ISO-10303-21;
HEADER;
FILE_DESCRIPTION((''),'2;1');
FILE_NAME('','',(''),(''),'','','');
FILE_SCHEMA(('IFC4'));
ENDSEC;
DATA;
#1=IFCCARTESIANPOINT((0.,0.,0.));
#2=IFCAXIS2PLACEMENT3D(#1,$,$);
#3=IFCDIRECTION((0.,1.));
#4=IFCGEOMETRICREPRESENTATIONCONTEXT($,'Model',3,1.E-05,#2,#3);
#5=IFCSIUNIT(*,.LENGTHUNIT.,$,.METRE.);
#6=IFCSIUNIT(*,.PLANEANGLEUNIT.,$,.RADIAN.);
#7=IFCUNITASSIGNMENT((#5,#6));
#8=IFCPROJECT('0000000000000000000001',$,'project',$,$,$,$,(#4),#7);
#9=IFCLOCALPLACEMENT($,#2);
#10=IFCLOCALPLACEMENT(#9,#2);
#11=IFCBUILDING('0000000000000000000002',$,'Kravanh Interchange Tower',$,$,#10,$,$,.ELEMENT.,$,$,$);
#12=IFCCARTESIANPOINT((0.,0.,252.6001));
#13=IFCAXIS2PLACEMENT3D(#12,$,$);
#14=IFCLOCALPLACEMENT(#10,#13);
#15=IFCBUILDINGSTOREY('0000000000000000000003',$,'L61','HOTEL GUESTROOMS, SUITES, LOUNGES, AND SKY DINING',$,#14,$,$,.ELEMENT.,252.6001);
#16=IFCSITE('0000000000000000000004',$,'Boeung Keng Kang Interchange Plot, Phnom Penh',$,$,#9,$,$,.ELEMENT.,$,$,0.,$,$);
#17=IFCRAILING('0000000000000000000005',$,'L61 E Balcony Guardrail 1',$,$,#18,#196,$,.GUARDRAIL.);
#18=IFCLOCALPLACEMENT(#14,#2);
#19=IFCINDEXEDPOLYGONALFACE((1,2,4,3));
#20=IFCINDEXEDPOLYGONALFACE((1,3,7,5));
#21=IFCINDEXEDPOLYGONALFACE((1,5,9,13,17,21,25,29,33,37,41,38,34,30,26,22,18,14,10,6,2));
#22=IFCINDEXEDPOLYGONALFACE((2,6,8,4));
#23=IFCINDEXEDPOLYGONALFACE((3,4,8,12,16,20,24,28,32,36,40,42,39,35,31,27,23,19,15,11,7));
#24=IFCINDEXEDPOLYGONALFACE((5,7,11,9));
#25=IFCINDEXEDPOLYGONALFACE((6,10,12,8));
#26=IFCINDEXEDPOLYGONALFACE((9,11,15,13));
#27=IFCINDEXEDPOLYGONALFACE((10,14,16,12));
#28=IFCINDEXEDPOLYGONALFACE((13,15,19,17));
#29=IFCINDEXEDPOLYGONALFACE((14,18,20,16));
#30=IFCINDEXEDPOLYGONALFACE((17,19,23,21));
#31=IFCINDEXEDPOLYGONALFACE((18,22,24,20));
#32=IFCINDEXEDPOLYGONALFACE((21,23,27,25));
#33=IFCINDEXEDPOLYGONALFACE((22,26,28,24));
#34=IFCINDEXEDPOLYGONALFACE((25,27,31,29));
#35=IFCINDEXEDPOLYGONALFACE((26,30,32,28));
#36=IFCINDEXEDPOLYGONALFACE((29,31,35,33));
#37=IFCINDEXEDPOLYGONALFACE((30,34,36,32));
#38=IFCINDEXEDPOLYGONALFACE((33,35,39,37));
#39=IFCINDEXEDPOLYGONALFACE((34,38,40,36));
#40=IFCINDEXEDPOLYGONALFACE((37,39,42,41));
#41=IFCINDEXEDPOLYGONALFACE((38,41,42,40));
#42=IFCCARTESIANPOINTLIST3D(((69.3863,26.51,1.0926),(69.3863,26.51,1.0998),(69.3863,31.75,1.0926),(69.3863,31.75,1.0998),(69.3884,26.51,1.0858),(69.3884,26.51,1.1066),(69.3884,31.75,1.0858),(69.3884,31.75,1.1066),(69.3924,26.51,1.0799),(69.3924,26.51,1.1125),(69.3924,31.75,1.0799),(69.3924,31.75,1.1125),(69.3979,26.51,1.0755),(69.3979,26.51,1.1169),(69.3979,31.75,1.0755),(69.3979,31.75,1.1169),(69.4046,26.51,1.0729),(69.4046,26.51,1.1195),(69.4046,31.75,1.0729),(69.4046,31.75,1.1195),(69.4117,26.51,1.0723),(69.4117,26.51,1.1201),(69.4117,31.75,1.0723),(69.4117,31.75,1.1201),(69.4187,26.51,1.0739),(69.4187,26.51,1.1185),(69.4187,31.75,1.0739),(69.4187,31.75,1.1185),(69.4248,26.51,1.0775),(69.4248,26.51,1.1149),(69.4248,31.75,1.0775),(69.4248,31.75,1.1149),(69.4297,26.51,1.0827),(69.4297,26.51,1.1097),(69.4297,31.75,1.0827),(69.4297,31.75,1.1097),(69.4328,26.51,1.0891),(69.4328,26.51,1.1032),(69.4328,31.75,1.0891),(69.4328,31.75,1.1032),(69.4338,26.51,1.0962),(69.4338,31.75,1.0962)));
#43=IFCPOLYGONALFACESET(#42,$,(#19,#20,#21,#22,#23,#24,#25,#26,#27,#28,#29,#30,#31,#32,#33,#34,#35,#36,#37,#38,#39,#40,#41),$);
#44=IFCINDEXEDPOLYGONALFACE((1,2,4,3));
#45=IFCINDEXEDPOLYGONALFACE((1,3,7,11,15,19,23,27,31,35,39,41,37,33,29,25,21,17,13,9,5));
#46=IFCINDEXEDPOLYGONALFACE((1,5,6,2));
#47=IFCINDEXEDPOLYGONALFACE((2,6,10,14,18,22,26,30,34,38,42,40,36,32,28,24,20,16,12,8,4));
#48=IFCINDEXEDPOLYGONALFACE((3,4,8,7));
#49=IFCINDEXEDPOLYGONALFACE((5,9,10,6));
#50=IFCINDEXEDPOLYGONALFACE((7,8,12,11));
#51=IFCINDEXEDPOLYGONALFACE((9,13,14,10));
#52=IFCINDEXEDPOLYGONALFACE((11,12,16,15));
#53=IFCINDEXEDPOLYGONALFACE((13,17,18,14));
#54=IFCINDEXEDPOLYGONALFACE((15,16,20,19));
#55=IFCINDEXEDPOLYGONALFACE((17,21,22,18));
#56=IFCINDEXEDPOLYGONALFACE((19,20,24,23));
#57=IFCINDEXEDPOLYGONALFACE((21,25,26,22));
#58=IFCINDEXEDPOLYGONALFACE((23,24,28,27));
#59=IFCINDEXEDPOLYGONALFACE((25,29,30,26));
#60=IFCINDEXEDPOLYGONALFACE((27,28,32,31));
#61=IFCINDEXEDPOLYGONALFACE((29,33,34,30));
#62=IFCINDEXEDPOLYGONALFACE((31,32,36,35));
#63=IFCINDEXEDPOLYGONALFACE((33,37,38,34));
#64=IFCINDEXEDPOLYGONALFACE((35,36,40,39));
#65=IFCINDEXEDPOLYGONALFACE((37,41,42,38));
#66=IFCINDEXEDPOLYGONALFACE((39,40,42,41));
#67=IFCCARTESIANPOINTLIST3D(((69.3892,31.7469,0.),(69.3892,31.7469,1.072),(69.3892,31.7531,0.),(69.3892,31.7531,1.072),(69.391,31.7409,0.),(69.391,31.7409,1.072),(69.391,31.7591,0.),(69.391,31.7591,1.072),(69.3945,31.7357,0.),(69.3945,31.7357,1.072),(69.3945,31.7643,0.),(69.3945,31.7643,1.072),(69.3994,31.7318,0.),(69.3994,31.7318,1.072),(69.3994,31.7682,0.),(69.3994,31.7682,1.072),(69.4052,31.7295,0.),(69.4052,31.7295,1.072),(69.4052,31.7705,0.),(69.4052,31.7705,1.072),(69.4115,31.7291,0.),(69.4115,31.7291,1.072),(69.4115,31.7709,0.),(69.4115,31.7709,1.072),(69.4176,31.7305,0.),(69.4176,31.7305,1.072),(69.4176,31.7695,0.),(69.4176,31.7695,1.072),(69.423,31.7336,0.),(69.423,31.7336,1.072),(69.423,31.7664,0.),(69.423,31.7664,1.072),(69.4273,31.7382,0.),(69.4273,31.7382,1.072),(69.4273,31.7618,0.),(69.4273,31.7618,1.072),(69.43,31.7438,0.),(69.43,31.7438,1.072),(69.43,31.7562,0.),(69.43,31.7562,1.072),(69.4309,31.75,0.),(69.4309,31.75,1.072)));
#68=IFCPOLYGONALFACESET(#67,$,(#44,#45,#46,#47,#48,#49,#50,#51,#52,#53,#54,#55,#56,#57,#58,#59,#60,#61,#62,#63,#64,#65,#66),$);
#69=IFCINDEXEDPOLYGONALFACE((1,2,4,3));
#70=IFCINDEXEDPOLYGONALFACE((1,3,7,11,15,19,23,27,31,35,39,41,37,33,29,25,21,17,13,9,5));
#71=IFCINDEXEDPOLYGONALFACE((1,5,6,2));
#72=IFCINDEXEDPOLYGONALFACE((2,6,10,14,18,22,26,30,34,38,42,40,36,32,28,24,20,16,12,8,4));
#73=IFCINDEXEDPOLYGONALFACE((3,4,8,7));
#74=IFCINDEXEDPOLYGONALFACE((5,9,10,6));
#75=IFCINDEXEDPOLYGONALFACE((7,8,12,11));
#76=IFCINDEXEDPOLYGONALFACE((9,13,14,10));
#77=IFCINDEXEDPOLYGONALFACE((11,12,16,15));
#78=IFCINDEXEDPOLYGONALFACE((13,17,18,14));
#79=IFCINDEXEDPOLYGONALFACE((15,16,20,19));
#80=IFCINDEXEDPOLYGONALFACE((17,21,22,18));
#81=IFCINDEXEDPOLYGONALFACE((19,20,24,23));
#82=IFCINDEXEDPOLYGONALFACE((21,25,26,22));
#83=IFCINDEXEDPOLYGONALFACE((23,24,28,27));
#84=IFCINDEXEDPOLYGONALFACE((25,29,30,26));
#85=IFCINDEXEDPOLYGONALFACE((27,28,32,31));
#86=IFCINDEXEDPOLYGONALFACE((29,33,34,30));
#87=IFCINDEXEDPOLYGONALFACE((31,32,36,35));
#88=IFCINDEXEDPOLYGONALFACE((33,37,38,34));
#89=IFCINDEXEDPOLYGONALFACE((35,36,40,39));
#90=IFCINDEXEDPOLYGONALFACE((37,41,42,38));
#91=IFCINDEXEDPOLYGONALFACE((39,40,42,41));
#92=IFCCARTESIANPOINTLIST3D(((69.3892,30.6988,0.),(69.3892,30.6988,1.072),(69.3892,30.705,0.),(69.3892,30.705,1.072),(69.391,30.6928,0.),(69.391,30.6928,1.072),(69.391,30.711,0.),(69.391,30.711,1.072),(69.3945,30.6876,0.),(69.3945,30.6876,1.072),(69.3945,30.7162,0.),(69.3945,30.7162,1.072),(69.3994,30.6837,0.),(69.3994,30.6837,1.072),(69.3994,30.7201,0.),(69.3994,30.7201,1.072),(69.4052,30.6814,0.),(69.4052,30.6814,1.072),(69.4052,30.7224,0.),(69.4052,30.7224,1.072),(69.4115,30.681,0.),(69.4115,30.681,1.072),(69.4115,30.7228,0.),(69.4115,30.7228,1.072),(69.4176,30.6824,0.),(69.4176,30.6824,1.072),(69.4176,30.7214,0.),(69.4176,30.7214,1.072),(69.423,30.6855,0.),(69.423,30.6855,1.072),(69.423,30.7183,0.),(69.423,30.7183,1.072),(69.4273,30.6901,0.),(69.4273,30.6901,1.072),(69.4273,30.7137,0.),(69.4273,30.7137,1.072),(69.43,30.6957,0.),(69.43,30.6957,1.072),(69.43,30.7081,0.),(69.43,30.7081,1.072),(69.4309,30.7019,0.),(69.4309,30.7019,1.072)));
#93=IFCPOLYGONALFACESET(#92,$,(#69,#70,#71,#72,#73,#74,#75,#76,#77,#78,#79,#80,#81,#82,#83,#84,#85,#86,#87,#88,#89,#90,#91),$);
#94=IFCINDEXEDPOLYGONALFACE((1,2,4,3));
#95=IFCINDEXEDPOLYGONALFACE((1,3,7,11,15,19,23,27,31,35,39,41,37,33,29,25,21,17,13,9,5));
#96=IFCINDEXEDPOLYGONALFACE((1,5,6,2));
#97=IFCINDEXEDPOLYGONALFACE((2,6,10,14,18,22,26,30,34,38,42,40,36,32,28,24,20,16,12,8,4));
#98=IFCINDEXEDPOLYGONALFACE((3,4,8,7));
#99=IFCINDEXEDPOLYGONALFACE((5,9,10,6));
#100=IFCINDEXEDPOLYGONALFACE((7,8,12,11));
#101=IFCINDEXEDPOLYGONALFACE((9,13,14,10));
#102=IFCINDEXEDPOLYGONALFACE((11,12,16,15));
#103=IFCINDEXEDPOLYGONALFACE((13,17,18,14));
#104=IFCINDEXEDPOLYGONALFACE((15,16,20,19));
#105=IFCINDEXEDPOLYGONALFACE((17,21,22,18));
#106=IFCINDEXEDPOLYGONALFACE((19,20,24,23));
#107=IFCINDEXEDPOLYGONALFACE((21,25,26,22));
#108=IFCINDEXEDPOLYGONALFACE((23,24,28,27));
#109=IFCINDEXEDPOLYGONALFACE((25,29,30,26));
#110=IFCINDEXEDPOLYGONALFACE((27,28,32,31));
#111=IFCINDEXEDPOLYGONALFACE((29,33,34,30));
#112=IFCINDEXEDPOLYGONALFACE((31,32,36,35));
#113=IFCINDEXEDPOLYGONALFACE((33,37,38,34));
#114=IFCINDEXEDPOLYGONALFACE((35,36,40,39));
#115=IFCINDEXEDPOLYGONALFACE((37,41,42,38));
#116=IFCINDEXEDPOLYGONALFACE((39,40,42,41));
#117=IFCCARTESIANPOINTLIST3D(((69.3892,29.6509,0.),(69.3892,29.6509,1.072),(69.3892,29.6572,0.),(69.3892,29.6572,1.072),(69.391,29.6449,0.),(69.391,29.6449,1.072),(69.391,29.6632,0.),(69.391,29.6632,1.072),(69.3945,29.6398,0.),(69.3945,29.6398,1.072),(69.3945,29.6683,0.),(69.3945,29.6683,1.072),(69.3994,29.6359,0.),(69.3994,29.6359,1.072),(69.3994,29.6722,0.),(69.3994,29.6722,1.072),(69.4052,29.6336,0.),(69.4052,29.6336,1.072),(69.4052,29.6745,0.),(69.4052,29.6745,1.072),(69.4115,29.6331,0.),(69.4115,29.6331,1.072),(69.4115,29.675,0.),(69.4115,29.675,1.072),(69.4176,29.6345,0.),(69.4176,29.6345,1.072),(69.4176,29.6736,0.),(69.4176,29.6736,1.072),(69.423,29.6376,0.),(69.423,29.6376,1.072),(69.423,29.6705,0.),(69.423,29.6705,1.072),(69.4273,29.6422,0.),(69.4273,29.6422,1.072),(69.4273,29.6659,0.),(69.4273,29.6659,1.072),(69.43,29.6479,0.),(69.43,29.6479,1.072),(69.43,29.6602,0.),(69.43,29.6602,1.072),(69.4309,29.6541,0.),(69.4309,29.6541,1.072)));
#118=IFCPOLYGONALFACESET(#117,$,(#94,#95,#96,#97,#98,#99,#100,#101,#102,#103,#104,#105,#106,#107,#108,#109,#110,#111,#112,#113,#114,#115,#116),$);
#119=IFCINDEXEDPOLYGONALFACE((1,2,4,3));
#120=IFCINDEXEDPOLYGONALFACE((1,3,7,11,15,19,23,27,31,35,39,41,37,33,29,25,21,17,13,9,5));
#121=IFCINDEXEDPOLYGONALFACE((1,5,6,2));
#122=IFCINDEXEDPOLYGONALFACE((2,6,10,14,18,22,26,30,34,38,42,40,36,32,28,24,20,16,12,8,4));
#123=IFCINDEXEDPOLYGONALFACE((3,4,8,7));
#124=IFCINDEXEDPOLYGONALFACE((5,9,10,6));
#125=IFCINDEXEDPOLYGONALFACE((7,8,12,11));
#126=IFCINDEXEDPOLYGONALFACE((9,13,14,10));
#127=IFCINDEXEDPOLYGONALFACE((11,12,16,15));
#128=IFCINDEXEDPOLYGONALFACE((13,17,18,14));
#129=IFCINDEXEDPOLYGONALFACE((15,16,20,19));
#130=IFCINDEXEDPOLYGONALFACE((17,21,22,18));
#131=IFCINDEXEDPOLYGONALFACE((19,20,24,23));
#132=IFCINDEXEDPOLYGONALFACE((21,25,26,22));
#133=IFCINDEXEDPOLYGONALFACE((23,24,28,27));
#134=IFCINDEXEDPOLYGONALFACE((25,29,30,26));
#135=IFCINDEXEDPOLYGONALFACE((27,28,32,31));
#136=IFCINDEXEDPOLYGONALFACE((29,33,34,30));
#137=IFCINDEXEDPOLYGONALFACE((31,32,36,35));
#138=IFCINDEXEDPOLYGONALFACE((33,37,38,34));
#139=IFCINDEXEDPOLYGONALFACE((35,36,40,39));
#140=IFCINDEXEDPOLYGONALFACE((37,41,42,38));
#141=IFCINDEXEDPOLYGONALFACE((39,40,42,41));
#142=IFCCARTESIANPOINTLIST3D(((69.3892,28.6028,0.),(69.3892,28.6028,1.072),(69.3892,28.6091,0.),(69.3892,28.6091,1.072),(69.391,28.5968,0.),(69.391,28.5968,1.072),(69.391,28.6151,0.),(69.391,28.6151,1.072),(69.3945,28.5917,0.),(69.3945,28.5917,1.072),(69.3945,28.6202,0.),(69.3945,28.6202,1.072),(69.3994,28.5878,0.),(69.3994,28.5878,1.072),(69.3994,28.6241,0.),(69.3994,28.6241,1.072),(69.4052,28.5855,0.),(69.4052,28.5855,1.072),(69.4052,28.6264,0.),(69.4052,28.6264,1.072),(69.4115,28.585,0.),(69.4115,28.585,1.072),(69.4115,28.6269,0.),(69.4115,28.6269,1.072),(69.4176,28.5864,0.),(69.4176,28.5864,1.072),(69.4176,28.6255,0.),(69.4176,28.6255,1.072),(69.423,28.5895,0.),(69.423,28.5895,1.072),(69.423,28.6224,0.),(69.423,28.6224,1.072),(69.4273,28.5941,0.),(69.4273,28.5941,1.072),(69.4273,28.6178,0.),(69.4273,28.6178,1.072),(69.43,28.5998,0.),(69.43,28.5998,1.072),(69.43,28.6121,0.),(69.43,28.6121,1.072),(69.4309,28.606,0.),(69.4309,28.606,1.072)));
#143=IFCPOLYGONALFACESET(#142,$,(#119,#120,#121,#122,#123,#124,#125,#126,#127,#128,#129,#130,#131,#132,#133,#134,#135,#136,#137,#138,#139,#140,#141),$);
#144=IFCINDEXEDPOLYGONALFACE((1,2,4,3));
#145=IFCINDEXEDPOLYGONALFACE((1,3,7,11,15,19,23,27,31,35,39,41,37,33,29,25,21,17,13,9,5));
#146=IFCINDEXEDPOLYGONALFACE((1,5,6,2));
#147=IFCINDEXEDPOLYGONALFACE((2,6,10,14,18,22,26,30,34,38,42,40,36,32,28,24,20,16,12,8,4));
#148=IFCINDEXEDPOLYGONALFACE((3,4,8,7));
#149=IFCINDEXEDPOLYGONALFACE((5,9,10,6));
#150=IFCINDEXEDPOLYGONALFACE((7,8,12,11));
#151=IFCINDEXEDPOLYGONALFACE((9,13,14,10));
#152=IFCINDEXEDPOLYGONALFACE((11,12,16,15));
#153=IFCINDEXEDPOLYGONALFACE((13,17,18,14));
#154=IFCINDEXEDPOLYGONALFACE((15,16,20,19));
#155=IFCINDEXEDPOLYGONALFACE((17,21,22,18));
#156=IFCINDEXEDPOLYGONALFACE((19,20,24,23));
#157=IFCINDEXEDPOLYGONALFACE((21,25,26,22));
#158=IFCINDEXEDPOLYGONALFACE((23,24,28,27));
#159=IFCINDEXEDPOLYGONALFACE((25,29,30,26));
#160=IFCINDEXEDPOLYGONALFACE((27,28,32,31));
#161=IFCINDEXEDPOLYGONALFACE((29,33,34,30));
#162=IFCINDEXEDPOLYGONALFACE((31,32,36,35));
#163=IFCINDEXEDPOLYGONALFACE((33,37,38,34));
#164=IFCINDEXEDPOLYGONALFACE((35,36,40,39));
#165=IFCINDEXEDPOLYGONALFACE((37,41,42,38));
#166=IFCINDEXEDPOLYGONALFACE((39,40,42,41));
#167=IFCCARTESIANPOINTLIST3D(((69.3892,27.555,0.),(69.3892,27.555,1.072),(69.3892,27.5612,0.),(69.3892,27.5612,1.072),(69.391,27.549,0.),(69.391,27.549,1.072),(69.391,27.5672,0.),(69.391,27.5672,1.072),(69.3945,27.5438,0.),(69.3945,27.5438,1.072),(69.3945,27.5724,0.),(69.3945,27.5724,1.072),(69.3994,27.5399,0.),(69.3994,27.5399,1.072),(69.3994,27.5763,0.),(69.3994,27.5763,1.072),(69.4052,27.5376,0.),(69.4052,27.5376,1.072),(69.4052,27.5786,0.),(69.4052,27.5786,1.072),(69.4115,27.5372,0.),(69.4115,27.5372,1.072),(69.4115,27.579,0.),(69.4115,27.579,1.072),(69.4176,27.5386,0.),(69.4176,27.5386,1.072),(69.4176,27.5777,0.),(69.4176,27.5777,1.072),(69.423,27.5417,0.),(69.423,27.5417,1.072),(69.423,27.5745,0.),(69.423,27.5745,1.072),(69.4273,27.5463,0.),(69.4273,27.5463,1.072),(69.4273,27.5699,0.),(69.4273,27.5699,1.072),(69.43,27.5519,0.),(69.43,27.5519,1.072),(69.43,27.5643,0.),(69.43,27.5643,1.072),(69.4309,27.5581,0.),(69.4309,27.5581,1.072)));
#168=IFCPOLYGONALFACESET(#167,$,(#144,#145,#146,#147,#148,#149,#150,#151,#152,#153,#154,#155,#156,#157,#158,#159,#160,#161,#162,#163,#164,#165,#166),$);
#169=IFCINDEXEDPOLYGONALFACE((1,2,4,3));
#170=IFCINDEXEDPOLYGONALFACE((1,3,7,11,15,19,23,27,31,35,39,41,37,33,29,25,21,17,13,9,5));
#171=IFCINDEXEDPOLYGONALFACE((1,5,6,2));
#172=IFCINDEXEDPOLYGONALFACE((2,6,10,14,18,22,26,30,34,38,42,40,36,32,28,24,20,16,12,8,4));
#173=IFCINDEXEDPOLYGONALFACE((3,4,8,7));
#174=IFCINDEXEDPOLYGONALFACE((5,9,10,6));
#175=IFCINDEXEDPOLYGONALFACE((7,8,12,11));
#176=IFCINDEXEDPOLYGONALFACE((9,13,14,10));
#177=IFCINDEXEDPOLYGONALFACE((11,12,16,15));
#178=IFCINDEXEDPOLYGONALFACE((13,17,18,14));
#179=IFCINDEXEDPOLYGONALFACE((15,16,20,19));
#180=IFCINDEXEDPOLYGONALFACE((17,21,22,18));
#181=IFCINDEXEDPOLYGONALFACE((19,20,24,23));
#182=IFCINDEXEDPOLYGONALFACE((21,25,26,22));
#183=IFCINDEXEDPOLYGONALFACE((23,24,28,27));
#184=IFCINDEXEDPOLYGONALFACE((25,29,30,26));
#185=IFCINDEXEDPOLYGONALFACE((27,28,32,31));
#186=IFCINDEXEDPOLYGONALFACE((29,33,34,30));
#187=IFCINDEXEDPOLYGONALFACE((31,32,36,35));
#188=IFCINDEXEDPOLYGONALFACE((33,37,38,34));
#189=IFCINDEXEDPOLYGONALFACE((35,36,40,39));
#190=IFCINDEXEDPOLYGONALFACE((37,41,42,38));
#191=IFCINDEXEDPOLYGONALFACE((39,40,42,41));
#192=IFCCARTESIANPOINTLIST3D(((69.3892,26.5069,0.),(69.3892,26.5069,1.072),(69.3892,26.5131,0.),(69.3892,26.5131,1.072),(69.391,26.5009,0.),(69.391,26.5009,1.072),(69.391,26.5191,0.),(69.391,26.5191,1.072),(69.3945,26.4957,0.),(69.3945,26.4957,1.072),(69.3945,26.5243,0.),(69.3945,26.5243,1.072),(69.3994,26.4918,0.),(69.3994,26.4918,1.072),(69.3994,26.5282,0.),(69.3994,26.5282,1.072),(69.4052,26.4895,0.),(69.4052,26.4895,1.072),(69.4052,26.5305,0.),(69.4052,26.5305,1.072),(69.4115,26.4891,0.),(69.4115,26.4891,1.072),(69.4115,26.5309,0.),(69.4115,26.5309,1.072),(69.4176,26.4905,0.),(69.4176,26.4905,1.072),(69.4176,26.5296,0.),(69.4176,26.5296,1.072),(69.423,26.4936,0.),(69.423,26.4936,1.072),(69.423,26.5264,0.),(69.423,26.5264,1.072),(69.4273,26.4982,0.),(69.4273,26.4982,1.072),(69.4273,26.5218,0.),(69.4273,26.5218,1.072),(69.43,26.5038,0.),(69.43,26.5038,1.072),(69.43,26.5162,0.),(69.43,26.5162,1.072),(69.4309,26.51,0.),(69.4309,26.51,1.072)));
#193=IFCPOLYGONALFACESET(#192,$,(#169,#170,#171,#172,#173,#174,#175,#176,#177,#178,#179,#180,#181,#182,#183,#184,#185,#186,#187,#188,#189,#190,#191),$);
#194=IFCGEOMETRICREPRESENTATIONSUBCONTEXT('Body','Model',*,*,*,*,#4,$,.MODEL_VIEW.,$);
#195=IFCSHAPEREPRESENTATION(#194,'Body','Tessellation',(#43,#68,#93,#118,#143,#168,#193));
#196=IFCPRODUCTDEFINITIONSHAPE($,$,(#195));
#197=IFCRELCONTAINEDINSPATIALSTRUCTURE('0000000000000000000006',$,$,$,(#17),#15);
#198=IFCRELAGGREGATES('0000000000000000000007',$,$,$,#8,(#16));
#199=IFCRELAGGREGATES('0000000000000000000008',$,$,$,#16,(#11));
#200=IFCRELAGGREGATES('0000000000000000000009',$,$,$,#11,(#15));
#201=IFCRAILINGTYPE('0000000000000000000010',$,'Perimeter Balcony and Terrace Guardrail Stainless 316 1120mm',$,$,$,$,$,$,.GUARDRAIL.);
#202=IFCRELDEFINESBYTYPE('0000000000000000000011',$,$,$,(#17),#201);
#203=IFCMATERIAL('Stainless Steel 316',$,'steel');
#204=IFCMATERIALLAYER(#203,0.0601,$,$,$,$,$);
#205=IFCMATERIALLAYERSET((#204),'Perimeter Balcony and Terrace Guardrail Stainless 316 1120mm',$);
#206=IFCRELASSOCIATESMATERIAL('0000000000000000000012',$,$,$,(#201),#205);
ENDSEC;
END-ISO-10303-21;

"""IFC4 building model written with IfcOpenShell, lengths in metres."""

from ifc_helpers import new_model, si_unit, direction, frame, origin, origin_2d, place, context, subcontext, project, spatial, circle, extrude, material, layer, layer_set, type_object, element, save


model = new_model("IFC4")

# Units and contexts
model_context = context("Model", 3, precision=1e-05, world=origin(), true_north=direction((0.0, 1.0)))
body_context = subcontext(model_context, "Body", "Model", "MODEL_VIEW")
ifc_project = project(units=[si_unit("LENGTHUNIT", "METRE"), si_unit("PLANEANGLEUNIT", "RADIAN")], contexts=[model_context])

# Site, building, storey
site_placement = place(None, origin())
site = spatial("IfcSite", under=ifc_project, at=site_placement, Name="Boeung Keng Kang Interchange Plot, Phnom Penh", CompositionType="ELEMENT", RefElevation=0.0)
building_placement = place(site_placement, origin())
building = spatial("IfcBuilding", under=site, at=building_placement, Name="Kravanh Interchange Tower", CompositionType="ELEMENT")
storey_placement = place(building_placement, frame((0.0, 0.0, 252.6001)))
storey = spatial("IfcBuildingStorey", under=building, at=storey_placement, Name="L61", Description="HOTEL GUESTROOMS, SUITES, LOUNGES, AND SKY DINING", CompositionType="ELEMENT", Elevation=252.6001)

# Railing
ifc_material_1 = material(Name="Stainless Steel 316", Category="steel")
ifc_layer_1 = layer(ifc_material_1, 0.0601)
ifc_layer_set_1 = layer_set([ifc_layer_1], Name="Perimeter Balcony and Terrace Guardrail Stainless 316 1120mm")
railing_type = type_object("IfcRailingType", Name="Perimeter Balcony and Terrace Guardrail Stainless 316 1120mm", PredefinedType="GUARDRAIL", material=ifc_layer_set_1)
railing_1_placement = place(storey_placement, frame((69.4099, 31.75, 0.0)))
element("IfcRailing", 1, at=railing_1_placement, inside=storey, type_object=railing_type, Name="L61 E Balcony Guardrail 1", PredefinedType="GUARDRAIL", context=body_context, shape_type="SweptSolid", body=[
    extrude(circle(Radius=0.0239, at=origin_2d()), frame((0.0, 0.0, 1.0962), z_axis=(0.0, -1.0, 0.0), x_axis=(1.0, 0.0, 0.0)), (0.0, 0.0, 1.0), 5.24),
    extrude(circle(Radius=0.021, at=origin_2d()), origin(), (0.0, 0.0, 1.0), 1.072),
    extrude(circle(Radius=0.021, at=origin_2d()), frame((0.0, -1.0481, 0.0)), (0.0, 0.0, 1.0), 1.072),
    extrude(circle(Radius=0.021, at=origin_2d()), frame((0.0, -2.0959, 0.0)), (0.0, 0.0, 1.0), 1.072),
    extrude(circle(Radius=0.021, at=origin_2d()), frame((0.0, -3.144, 0.0)), (0.0, 0.0, 1.0), 1.072),
    extrude(circle(Radius=0.021, at=origin_2d()), frame((0.0, -4.1919, 0.0)), (0.0, 0.0, 1.0), 1.072),
    extrude(circle(Radius=0.021, at=origin_2d()), frame((0.0, -5.24, 0.0)), (0.0, 0.0, 1.0), 1.072),
])

save(model, "model.ifc")
